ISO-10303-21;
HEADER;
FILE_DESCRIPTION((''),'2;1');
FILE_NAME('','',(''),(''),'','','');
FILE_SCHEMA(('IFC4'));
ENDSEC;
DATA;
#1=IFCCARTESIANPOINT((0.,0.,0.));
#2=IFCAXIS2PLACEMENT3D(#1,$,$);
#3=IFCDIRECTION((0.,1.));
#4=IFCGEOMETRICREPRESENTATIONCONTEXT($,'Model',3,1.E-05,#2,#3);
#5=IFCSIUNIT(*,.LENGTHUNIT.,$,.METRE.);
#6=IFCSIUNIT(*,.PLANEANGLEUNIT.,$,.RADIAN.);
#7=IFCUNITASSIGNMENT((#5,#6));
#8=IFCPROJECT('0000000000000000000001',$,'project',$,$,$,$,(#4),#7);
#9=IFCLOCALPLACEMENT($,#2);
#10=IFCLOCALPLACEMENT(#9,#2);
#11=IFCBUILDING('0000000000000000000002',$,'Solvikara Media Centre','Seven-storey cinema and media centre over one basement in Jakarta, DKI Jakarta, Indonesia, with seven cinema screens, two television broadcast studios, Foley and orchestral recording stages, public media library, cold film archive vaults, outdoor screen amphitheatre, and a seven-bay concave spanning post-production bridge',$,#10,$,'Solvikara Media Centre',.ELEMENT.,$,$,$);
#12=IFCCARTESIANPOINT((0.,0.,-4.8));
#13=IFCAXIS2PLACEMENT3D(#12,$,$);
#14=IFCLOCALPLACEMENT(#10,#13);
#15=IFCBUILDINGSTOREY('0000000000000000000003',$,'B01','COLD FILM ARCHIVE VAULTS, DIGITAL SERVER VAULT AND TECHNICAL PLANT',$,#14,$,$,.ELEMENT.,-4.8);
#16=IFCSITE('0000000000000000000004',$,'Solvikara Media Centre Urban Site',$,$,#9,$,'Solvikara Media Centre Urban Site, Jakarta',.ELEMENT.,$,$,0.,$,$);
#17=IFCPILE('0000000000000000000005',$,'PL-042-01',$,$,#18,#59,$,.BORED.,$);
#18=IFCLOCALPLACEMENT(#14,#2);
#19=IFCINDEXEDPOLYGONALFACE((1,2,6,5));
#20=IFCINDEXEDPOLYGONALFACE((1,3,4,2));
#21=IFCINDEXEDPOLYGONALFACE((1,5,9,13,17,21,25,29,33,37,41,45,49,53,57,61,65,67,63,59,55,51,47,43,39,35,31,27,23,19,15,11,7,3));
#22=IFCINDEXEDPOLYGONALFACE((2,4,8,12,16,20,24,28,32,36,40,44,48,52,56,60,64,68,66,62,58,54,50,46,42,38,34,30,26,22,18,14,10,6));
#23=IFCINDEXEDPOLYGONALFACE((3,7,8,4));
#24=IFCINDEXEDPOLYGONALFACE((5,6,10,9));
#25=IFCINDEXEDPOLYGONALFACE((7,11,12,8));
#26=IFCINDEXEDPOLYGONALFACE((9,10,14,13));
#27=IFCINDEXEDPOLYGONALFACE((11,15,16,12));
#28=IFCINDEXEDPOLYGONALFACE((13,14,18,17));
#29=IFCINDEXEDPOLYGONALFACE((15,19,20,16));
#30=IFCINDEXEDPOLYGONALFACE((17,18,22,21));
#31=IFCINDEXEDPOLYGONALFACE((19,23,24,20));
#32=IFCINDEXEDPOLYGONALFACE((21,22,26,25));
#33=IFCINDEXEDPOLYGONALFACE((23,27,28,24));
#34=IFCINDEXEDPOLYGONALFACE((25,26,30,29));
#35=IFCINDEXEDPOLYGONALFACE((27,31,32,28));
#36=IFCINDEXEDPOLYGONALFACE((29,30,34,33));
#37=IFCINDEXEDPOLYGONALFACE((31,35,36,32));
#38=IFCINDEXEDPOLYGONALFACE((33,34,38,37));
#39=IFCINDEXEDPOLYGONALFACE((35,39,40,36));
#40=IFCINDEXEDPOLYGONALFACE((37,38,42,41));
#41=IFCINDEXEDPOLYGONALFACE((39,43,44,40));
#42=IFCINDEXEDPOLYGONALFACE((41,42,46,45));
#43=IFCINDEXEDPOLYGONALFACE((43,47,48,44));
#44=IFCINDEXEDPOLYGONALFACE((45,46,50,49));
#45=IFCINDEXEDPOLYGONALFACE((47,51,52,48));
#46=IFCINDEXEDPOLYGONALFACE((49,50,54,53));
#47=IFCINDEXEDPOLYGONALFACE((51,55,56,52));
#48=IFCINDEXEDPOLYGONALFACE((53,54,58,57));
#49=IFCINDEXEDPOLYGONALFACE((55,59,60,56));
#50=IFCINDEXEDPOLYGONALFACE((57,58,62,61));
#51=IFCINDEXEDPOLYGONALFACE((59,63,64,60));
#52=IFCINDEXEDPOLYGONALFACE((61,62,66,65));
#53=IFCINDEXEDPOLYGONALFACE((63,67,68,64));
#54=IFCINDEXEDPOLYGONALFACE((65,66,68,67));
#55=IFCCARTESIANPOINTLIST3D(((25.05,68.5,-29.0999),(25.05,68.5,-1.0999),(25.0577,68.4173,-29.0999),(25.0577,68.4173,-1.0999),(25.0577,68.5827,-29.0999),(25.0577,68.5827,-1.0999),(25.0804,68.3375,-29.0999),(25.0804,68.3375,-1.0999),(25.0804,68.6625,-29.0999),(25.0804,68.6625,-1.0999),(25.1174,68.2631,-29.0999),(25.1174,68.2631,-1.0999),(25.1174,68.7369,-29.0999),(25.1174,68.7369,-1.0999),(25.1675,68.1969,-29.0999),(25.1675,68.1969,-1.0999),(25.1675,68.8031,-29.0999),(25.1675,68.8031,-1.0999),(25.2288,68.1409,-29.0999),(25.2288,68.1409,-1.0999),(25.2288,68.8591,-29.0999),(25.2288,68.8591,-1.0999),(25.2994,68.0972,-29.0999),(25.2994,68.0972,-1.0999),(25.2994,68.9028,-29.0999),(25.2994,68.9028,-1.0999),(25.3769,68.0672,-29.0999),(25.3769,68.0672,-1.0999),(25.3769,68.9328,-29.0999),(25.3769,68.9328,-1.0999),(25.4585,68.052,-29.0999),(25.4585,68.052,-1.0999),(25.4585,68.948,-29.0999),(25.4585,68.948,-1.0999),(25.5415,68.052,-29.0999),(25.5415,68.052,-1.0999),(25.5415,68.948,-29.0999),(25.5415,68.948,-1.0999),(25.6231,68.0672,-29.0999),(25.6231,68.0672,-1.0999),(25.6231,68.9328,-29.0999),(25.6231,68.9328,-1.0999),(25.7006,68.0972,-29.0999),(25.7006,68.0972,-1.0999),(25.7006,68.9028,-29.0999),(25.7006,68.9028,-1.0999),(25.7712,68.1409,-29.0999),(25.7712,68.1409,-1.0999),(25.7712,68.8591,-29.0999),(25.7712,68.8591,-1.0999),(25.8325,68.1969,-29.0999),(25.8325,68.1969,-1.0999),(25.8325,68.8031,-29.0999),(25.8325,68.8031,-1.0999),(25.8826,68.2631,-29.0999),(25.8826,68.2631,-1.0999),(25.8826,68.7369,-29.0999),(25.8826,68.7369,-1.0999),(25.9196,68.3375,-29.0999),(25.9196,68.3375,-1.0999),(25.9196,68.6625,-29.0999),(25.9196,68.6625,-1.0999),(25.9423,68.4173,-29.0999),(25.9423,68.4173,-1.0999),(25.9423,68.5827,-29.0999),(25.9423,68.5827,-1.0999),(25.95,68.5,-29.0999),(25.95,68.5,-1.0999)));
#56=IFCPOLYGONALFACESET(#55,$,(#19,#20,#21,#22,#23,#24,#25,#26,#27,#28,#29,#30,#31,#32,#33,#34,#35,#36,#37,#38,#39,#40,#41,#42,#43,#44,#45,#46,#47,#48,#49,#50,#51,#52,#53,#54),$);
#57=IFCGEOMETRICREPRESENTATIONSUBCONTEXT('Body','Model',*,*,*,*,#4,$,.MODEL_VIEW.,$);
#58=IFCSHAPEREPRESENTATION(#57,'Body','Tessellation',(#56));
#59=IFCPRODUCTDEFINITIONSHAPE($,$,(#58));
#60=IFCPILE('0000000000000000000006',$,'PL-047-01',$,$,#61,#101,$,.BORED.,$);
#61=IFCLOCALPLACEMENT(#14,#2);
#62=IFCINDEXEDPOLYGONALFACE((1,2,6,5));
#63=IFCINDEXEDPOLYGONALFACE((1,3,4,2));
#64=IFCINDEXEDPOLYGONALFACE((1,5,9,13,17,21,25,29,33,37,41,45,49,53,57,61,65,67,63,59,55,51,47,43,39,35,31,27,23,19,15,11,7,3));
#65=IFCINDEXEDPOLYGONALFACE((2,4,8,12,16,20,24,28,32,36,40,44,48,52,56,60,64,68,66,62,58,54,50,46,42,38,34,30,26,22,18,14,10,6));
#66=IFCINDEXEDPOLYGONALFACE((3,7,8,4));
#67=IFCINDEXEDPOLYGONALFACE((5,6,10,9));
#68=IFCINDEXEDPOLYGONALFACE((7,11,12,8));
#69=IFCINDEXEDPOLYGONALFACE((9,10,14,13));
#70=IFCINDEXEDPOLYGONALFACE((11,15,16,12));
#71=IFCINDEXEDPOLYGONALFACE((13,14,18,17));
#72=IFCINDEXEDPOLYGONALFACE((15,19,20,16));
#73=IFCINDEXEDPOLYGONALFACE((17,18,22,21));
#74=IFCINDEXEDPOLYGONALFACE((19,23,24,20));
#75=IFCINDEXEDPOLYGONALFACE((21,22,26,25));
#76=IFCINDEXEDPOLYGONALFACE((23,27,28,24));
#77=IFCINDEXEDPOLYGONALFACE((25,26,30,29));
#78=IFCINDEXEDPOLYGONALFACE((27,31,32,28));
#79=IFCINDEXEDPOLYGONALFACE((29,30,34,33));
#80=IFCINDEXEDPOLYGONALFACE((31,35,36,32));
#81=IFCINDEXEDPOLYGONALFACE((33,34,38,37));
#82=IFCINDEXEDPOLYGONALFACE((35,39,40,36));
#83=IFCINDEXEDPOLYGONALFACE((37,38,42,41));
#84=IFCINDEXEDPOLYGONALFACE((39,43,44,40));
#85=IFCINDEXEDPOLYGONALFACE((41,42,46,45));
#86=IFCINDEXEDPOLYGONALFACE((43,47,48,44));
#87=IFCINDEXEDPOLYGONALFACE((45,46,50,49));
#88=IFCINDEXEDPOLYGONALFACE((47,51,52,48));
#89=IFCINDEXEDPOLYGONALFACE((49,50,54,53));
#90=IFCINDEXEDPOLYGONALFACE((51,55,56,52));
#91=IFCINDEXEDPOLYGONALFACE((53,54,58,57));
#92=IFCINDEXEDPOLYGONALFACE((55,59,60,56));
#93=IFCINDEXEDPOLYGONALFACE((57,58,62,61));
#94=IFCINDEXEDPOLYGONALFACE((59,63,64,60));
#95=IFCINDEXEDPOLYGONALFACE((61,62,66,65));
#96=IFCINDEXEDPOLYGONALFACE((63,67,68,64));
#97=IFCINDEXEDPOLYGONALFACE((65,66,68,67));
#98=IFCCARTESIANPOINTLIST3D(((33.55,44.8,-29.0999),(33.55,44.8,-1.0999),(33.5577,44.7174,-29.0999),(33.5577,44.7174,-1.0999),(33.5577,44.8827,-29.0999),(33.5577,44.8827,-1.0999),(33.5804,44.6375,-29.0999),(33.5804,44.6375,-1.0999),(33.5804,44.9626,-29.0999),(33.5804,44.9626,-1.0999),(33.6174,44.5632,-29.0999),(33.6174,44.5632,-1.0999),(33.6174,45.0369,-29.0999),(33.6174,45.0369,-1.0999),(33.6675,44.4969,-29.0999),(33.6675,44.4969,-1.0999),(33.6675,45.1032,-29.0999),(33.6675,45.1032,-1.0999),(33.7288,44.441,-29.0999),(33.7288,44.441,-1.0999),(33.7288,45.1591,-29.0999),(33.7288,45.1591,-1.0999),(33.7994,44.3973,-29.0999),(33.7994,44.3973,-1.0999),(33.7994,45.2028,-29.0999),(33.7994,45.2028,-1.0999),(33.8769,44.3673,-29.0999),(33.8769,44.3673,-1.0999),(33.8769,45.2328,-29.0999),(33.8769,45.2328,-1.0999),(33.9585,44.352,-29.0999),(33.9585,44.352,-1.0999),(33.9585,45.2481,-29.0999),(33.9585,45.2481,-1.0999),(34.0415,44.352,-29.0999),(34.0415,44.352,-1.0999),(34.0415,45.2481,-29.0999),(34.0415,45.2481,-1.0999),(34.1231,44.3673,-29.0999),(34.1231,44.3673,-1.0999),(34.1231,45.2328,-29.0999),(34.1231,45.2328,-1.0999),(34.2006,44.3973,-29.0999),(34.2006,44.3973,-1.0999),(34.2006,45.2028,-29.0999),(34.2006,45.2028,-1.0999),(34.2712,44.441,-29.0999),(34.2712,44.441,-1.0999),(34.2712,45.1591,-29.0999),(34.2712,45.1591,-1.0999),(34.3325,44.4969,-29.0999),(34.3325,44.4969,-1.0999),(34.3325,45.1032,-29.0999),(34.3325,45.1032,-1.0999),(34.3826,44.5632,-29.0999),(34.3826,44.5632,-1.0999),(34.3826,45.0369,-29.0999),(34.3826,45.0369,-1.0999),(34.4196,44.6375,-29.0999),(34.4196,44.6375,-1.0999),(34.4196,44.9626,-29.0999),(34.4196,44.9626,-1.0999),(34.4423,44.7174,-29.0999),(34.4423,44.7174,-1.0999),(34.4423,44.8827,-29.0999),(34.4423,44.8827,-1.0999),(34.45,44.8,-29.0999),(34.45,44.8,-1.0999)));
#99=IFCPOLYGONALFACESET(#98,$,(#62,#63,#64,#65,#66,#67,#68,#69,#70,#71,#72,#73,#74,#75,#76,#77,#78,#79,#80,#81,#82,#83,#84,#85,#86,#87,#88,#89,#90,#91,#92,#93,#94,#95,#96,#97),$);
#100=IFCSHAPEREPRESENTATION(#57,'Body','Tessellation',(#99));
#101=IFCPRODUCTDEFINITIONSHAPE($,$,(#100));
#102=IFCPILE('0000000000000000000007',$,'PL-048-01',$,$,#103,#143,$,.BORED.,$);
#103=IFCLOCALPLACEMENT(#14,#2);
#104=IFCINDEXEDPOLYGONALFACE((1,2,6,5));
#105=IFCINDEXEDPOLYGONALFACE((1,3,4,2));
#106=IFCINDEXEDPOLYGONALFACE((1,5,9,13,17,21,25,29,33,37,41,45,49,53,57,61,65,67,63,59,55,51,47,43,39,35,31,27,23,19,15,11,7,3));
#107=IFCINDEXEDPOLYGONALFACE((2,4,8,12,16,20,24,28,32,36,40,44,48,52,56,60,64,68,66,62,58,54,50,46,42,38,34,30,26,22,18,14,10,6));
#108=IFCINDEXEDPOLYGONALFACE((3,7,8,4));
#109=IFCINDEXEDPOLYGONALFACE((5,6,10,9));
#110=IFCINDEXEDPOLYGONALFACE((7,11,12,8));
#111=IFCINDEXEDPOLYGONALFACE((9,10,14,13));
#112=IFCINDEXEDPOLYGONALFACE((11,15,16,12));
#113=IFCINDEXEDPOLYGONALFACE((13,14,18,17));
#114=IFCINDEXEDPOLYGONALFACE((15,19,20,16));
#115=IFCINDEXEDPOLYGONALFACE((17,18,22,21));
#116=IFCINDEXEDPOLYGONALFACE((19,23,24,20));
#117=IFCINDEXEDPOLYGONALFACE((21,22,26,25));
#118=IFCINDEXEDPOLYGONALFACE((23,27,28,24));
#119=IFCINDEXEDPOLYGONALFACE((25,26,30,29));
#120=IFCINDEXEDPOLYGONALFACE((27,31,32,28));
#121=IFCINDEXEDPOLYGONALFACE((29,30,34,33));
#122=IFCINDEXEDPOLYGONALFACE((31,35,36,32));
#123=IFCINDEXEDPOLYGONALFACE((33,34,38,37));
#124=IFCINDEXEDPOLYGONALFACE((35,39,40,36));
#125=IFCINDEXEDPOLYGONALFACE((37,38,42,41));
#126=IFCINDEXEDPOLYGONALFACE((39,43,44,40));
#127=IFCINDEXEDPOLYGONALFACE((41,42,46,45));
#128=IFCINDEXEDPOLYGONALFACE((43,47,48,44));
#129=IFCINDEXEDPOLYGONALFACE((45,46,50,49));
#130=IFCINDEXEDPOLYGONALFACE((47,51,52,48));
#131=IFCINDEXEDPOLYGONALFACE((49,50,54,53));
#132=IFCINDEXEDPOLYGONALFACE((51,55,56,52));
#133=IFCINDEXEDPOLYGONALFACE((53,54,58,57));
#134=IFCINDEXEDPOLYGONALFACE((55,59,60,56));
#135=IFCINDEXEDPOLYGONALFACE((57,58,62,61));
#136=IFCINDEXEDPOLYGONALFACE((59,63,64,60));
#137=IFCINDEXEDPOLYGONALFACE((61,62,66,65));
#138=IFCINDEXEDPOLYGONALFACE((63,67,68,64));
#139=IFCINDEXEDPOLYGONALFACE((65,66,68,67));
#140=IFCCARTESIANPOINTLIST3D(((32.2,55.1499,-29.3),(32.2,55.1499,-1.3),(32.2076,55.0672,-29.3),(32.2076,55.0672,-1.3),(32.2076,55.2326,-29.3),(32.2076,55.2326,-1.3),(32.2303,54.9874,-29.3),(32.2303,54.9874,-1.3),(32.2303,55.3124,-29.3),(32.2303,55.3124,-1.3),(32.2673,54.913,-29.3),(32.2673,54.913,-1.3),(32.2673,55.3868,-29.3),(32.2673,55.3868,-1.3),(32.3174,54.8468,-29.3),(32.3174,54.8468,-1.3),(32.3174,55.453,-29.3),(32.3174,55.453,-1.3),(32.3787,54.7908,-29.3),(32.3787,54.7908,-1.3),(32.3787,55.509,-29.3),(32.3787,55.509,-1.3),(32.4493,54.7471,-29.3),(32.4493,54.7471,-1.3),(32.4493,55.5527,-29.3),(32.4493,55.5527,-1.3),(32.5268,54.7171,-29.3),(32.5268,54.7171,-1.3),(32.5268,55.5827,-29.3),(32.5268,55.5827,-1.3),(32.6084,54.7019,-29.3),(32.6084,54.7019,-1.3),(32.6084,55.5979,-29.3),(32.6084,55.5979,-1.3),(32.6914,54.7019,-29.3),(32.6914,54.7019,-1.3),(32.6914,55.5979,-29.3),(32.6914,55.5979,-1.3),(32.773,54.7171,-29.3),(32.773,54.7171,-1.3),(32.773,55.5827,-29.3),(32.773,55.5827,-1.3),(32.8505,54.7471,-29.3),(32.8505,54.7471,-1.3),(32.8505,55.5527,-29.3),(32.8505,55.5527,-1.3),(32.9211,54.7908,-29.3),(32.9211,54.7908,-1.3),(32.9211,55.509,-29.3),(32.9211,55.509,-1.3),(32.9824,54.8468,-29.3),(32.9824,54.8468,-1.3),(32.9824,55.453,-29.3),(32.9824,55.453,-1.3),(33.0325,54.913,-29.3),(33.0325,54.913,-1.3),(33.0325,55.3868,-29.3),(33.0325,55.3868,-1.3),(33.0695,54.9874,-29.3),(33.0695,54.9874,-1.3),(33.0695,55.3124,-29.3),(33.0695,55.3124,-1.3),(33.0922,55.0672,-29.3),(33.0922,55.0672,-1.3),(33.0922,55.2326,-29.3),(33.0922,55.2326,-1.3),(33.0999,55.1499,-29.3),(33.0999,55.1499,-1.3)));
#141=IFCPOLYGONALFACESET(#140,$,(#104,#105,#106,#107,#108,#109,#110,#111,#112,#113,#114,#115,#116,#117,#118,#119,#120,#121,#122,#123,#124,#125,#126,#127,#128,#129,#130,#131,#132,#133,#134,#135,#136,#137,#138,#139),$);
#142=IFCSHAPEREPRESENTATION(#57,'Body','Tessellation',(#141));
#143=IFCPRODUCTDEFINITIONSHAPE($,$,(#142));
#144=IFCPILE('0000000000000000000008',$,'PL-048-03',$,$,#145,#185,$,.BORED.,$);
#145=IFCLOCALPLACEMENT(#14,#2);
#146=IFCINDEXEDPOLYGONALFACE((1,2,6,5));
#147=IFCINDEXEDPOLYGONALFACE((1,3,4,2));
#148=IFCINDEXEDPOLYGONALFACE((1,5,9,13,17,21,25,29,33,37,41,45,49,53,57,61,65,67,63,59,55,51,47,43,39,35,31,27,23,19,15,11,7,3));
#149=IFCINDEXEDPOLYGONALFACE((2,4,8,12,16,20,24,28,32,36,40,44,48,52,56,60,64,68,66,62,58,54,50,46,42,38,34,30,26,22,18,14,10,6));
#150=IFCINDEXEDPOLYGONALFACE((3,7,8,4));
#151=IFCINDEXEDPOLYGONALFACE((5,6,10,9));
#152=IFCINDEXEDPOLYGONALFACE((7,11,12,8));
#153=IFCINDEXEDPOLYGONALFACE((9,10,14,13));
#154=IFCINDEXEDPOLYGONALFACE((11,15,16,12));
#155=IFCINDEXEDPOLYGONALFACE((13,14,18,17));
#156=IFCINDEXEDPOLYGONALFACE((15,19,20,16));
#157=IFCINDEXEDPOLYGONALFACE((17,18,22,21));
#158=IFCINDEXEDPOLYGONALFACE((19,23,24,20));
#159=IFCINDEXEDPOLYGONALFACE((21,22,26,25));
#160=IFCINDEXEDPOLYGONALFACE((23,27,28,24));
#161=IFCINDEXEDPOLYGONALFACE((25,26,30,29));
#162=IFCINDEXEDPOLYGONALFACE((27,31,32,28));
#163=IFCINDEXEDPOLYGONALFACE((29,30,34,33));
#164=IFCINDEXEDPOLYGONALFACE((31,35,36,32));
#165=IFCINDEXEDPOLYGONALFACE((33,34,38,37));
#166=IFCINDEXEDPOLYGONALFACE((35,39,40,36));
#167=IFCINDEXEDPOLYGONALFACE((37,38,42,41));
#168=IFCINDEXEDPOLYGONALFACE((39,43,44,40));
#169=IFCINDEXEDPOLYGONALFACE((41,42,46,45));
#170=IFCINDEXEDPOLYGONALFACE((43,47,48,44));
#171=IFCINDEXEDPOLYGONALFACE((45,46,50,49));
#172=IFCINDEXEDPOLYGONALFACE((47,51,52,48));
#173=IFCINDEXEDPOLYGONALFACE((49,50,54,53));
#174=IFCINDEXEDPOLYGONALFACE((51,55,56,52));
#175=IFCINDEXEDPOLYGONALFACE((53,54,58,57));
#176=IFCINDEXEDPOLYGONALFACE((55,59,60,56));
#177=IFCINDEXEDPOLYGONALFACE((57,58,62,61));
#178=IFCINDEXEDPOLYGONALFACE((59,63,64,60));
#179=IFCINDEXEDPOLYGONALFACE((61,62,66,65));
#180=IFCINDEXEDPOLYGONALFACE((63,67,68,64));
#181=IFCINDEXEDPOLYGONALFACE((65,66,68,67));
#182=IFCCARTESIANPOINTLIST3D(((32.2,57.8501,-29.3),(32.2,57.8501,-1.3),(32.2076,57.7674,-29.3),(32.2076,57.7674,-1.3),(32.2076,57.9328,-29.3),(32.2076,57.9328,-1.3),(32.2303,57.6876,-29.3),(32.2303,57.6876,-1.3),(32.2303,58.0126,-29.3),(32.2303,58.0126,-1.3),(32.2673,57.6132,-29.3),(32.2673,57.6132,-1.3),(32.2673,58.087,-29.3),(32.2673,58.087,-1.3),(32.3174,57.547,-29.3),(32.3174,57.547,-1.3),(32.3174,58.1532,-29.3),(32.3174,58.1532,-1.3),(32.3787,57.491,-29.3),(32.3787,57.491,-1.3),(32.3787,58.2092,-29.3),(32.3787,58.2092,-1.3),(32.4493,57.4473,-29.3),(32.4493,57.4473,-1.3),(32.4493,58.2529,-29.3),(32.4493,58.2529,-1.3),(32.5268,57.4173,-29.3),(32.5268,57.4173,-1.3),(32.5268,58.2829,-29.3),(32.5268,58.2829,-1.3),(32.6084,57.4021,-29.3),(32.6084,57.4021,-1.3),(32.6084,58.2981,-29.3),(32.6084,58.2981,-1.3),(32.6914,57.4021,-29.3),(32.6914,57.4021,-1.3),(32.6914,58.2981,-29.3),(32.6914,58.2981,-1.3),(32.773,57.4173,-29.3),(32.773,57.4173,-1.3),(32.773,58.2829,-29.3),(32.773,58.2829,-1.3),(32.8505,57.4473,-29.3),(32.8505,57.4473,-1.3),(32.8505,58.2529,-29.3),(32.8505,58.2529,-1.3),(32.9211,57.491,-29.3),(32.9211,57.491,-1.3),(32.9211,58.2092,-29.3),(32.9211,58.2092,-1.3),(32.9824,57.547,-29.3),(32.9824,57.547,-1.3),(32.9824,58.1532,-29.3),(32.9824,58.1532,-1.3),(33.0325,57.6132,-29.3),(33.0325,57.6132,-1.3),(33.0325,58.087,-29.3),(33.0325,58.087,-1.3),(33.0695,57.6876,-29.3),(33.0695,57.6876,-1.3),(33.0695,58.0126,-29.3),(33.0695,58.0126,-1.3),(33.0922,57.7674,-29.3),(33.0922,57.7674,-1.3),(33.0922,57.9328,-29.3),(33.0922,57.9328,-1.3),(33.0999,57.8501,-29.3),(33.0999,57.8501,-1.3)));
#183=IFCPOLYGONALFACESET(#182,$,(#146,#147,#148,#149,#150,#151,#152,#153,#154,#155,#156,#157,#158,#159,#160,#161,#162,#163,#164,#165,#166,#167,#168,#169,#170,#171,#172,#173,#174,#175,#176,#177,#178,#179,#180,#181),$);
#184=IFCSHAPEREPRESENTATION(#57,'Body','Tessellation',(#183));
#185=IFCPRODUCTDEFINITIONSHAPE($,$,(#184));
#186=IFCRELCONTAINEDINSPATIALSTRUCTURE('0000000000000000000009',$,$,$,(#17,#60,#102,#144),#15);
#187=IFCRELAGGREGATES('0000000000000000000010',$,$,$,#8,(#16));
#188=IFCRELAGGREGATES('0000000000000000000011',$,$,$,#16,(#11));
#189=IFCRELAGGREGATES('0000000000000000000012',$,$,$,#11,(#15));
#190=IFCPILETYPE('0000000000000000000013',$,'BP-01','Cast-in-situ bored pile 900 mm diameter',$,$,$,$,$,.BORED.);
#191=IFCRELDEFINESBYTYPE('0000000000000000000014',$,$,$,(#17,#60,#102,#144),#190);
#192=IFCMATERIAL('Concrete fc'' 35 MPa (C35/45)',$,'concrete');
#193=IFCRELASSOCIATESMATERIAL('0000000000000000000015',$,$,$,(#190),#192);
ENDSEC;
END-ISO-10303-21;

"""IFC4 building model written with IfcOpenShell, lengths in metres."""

from ifc_helpers import new_model, si_unit, direction, frame, origin, origin_2d, place, context, subcontext, project, spatial, circle, extrude, material, material_profile, profile_set, type_object, element, save


model = new_model("IFC4")

# Units and contexts
model_context = context("Model", 3, precision=1e-05, world=origin(), true_north=direction((0.0, 1.0)))
body_context = subcontext(model_context, "Body", "Model", "MODEL_VIEW")
ifc_project = project(units=[si_unit("LENGTHUNIT", "METRE"), si_unit("PLANEANGLEUNIT", "RADIAN")], contexts=[model_context])

# Site, building, storey
site_placement = place(None, origin())
site = spatial("IfcSite", under=ifc_project, at=site_placement, Name="Solvikara Media Centre Urban Site", LongName="Solvikara Media Centre Urban Site, Jakarta", CompositionType="ELEMENT", RefElevation=0.0)
building_placement = place(site_placement, origin())
building = spatial("IfcBuilding", under=site, at=building_placement, Name="Solvikara Media Centre", Description="Seven-storey cinema and media centre over one basement in Jakarta, DKI Jakarta, Indonesia, with seven cinema screens, two television broadcast studios, Foley and orchestral recording stages, public media library, cold film archive vaults, outdoor screen amphitheatre, and a seven-bay concave spanning post-production bridge", LongName="Solvikara Media Centre", CompositionType="ELEMENT")
storey_placement = place(building_placement, frame((0.0, 0.0, -4.8)))
storey = spatial("IfcBuildingStorey", under=building, at=storey_placement, Name="B01", Description="COLD FILM ARCHIVE VAULTS, DIGITAL SERVER VAULT AND TECHNICAL PLANT", CompositionType="ELEMENT", Elevation=-4.8)

# Piles
ifc_material_1 = material(Name="Concrete fc' 35 MPa (C35/45)", Category="concrete")
ifc_material_profile_1 = material_profile(ifc_material_1, circle(Radius=0.45, at=origin_2d()), Name="BORED PILE D900")
ifc_profile_set_1 = profile_set([ifc_material_profile_1], Name="Concrete fc' 35 MPa (C35/45)")
pile_type_1 = type_object("IfcPileType", Name="BP-01", Description="Cast-in-situ bored pile 900 mm diameter", PredefinedType="BORED", material=ifc_profile_set_1)
for number, where, z_axis, x_axis, name in (
    (1, (25.5, 68.5, -1.0999), (0.0, 0.0, -1.0), (1.0, 0.0, 0.0), "PL-042-01"),
    (2, (34.0, 44.8, -1.0999), (0.0, 0.0, -1.0), (1.0, 0.0, 0.0), "PL-047-01"),
    (3, (32.6499, 55.1499, -1.3), (0.0, 0.0, -1.0), (1.0, 0.0, 0.0), "PL-048-01"),
    (4, (32.6499, 57.8501, -1.3), (0.0, 0.0, -1.0), (1.0, 0.0, 0.0), "PL-048-03"),
):
    element("IfcPile", number, at=place(storey_placement, frame(where, z_axis=z_axis, x_axis=x_axis)), inside=storey, type_object=pile_type_1, Name=name, PredefinedType="BORED", context=body_context, shape_type="SweptSolid", body=[
        extrude(circle(Radius=0.45, at=origin_2d()), origin(), (0.0, 0.0, 1.0), 28.0),
    ])

save(model, "model.ifc")
